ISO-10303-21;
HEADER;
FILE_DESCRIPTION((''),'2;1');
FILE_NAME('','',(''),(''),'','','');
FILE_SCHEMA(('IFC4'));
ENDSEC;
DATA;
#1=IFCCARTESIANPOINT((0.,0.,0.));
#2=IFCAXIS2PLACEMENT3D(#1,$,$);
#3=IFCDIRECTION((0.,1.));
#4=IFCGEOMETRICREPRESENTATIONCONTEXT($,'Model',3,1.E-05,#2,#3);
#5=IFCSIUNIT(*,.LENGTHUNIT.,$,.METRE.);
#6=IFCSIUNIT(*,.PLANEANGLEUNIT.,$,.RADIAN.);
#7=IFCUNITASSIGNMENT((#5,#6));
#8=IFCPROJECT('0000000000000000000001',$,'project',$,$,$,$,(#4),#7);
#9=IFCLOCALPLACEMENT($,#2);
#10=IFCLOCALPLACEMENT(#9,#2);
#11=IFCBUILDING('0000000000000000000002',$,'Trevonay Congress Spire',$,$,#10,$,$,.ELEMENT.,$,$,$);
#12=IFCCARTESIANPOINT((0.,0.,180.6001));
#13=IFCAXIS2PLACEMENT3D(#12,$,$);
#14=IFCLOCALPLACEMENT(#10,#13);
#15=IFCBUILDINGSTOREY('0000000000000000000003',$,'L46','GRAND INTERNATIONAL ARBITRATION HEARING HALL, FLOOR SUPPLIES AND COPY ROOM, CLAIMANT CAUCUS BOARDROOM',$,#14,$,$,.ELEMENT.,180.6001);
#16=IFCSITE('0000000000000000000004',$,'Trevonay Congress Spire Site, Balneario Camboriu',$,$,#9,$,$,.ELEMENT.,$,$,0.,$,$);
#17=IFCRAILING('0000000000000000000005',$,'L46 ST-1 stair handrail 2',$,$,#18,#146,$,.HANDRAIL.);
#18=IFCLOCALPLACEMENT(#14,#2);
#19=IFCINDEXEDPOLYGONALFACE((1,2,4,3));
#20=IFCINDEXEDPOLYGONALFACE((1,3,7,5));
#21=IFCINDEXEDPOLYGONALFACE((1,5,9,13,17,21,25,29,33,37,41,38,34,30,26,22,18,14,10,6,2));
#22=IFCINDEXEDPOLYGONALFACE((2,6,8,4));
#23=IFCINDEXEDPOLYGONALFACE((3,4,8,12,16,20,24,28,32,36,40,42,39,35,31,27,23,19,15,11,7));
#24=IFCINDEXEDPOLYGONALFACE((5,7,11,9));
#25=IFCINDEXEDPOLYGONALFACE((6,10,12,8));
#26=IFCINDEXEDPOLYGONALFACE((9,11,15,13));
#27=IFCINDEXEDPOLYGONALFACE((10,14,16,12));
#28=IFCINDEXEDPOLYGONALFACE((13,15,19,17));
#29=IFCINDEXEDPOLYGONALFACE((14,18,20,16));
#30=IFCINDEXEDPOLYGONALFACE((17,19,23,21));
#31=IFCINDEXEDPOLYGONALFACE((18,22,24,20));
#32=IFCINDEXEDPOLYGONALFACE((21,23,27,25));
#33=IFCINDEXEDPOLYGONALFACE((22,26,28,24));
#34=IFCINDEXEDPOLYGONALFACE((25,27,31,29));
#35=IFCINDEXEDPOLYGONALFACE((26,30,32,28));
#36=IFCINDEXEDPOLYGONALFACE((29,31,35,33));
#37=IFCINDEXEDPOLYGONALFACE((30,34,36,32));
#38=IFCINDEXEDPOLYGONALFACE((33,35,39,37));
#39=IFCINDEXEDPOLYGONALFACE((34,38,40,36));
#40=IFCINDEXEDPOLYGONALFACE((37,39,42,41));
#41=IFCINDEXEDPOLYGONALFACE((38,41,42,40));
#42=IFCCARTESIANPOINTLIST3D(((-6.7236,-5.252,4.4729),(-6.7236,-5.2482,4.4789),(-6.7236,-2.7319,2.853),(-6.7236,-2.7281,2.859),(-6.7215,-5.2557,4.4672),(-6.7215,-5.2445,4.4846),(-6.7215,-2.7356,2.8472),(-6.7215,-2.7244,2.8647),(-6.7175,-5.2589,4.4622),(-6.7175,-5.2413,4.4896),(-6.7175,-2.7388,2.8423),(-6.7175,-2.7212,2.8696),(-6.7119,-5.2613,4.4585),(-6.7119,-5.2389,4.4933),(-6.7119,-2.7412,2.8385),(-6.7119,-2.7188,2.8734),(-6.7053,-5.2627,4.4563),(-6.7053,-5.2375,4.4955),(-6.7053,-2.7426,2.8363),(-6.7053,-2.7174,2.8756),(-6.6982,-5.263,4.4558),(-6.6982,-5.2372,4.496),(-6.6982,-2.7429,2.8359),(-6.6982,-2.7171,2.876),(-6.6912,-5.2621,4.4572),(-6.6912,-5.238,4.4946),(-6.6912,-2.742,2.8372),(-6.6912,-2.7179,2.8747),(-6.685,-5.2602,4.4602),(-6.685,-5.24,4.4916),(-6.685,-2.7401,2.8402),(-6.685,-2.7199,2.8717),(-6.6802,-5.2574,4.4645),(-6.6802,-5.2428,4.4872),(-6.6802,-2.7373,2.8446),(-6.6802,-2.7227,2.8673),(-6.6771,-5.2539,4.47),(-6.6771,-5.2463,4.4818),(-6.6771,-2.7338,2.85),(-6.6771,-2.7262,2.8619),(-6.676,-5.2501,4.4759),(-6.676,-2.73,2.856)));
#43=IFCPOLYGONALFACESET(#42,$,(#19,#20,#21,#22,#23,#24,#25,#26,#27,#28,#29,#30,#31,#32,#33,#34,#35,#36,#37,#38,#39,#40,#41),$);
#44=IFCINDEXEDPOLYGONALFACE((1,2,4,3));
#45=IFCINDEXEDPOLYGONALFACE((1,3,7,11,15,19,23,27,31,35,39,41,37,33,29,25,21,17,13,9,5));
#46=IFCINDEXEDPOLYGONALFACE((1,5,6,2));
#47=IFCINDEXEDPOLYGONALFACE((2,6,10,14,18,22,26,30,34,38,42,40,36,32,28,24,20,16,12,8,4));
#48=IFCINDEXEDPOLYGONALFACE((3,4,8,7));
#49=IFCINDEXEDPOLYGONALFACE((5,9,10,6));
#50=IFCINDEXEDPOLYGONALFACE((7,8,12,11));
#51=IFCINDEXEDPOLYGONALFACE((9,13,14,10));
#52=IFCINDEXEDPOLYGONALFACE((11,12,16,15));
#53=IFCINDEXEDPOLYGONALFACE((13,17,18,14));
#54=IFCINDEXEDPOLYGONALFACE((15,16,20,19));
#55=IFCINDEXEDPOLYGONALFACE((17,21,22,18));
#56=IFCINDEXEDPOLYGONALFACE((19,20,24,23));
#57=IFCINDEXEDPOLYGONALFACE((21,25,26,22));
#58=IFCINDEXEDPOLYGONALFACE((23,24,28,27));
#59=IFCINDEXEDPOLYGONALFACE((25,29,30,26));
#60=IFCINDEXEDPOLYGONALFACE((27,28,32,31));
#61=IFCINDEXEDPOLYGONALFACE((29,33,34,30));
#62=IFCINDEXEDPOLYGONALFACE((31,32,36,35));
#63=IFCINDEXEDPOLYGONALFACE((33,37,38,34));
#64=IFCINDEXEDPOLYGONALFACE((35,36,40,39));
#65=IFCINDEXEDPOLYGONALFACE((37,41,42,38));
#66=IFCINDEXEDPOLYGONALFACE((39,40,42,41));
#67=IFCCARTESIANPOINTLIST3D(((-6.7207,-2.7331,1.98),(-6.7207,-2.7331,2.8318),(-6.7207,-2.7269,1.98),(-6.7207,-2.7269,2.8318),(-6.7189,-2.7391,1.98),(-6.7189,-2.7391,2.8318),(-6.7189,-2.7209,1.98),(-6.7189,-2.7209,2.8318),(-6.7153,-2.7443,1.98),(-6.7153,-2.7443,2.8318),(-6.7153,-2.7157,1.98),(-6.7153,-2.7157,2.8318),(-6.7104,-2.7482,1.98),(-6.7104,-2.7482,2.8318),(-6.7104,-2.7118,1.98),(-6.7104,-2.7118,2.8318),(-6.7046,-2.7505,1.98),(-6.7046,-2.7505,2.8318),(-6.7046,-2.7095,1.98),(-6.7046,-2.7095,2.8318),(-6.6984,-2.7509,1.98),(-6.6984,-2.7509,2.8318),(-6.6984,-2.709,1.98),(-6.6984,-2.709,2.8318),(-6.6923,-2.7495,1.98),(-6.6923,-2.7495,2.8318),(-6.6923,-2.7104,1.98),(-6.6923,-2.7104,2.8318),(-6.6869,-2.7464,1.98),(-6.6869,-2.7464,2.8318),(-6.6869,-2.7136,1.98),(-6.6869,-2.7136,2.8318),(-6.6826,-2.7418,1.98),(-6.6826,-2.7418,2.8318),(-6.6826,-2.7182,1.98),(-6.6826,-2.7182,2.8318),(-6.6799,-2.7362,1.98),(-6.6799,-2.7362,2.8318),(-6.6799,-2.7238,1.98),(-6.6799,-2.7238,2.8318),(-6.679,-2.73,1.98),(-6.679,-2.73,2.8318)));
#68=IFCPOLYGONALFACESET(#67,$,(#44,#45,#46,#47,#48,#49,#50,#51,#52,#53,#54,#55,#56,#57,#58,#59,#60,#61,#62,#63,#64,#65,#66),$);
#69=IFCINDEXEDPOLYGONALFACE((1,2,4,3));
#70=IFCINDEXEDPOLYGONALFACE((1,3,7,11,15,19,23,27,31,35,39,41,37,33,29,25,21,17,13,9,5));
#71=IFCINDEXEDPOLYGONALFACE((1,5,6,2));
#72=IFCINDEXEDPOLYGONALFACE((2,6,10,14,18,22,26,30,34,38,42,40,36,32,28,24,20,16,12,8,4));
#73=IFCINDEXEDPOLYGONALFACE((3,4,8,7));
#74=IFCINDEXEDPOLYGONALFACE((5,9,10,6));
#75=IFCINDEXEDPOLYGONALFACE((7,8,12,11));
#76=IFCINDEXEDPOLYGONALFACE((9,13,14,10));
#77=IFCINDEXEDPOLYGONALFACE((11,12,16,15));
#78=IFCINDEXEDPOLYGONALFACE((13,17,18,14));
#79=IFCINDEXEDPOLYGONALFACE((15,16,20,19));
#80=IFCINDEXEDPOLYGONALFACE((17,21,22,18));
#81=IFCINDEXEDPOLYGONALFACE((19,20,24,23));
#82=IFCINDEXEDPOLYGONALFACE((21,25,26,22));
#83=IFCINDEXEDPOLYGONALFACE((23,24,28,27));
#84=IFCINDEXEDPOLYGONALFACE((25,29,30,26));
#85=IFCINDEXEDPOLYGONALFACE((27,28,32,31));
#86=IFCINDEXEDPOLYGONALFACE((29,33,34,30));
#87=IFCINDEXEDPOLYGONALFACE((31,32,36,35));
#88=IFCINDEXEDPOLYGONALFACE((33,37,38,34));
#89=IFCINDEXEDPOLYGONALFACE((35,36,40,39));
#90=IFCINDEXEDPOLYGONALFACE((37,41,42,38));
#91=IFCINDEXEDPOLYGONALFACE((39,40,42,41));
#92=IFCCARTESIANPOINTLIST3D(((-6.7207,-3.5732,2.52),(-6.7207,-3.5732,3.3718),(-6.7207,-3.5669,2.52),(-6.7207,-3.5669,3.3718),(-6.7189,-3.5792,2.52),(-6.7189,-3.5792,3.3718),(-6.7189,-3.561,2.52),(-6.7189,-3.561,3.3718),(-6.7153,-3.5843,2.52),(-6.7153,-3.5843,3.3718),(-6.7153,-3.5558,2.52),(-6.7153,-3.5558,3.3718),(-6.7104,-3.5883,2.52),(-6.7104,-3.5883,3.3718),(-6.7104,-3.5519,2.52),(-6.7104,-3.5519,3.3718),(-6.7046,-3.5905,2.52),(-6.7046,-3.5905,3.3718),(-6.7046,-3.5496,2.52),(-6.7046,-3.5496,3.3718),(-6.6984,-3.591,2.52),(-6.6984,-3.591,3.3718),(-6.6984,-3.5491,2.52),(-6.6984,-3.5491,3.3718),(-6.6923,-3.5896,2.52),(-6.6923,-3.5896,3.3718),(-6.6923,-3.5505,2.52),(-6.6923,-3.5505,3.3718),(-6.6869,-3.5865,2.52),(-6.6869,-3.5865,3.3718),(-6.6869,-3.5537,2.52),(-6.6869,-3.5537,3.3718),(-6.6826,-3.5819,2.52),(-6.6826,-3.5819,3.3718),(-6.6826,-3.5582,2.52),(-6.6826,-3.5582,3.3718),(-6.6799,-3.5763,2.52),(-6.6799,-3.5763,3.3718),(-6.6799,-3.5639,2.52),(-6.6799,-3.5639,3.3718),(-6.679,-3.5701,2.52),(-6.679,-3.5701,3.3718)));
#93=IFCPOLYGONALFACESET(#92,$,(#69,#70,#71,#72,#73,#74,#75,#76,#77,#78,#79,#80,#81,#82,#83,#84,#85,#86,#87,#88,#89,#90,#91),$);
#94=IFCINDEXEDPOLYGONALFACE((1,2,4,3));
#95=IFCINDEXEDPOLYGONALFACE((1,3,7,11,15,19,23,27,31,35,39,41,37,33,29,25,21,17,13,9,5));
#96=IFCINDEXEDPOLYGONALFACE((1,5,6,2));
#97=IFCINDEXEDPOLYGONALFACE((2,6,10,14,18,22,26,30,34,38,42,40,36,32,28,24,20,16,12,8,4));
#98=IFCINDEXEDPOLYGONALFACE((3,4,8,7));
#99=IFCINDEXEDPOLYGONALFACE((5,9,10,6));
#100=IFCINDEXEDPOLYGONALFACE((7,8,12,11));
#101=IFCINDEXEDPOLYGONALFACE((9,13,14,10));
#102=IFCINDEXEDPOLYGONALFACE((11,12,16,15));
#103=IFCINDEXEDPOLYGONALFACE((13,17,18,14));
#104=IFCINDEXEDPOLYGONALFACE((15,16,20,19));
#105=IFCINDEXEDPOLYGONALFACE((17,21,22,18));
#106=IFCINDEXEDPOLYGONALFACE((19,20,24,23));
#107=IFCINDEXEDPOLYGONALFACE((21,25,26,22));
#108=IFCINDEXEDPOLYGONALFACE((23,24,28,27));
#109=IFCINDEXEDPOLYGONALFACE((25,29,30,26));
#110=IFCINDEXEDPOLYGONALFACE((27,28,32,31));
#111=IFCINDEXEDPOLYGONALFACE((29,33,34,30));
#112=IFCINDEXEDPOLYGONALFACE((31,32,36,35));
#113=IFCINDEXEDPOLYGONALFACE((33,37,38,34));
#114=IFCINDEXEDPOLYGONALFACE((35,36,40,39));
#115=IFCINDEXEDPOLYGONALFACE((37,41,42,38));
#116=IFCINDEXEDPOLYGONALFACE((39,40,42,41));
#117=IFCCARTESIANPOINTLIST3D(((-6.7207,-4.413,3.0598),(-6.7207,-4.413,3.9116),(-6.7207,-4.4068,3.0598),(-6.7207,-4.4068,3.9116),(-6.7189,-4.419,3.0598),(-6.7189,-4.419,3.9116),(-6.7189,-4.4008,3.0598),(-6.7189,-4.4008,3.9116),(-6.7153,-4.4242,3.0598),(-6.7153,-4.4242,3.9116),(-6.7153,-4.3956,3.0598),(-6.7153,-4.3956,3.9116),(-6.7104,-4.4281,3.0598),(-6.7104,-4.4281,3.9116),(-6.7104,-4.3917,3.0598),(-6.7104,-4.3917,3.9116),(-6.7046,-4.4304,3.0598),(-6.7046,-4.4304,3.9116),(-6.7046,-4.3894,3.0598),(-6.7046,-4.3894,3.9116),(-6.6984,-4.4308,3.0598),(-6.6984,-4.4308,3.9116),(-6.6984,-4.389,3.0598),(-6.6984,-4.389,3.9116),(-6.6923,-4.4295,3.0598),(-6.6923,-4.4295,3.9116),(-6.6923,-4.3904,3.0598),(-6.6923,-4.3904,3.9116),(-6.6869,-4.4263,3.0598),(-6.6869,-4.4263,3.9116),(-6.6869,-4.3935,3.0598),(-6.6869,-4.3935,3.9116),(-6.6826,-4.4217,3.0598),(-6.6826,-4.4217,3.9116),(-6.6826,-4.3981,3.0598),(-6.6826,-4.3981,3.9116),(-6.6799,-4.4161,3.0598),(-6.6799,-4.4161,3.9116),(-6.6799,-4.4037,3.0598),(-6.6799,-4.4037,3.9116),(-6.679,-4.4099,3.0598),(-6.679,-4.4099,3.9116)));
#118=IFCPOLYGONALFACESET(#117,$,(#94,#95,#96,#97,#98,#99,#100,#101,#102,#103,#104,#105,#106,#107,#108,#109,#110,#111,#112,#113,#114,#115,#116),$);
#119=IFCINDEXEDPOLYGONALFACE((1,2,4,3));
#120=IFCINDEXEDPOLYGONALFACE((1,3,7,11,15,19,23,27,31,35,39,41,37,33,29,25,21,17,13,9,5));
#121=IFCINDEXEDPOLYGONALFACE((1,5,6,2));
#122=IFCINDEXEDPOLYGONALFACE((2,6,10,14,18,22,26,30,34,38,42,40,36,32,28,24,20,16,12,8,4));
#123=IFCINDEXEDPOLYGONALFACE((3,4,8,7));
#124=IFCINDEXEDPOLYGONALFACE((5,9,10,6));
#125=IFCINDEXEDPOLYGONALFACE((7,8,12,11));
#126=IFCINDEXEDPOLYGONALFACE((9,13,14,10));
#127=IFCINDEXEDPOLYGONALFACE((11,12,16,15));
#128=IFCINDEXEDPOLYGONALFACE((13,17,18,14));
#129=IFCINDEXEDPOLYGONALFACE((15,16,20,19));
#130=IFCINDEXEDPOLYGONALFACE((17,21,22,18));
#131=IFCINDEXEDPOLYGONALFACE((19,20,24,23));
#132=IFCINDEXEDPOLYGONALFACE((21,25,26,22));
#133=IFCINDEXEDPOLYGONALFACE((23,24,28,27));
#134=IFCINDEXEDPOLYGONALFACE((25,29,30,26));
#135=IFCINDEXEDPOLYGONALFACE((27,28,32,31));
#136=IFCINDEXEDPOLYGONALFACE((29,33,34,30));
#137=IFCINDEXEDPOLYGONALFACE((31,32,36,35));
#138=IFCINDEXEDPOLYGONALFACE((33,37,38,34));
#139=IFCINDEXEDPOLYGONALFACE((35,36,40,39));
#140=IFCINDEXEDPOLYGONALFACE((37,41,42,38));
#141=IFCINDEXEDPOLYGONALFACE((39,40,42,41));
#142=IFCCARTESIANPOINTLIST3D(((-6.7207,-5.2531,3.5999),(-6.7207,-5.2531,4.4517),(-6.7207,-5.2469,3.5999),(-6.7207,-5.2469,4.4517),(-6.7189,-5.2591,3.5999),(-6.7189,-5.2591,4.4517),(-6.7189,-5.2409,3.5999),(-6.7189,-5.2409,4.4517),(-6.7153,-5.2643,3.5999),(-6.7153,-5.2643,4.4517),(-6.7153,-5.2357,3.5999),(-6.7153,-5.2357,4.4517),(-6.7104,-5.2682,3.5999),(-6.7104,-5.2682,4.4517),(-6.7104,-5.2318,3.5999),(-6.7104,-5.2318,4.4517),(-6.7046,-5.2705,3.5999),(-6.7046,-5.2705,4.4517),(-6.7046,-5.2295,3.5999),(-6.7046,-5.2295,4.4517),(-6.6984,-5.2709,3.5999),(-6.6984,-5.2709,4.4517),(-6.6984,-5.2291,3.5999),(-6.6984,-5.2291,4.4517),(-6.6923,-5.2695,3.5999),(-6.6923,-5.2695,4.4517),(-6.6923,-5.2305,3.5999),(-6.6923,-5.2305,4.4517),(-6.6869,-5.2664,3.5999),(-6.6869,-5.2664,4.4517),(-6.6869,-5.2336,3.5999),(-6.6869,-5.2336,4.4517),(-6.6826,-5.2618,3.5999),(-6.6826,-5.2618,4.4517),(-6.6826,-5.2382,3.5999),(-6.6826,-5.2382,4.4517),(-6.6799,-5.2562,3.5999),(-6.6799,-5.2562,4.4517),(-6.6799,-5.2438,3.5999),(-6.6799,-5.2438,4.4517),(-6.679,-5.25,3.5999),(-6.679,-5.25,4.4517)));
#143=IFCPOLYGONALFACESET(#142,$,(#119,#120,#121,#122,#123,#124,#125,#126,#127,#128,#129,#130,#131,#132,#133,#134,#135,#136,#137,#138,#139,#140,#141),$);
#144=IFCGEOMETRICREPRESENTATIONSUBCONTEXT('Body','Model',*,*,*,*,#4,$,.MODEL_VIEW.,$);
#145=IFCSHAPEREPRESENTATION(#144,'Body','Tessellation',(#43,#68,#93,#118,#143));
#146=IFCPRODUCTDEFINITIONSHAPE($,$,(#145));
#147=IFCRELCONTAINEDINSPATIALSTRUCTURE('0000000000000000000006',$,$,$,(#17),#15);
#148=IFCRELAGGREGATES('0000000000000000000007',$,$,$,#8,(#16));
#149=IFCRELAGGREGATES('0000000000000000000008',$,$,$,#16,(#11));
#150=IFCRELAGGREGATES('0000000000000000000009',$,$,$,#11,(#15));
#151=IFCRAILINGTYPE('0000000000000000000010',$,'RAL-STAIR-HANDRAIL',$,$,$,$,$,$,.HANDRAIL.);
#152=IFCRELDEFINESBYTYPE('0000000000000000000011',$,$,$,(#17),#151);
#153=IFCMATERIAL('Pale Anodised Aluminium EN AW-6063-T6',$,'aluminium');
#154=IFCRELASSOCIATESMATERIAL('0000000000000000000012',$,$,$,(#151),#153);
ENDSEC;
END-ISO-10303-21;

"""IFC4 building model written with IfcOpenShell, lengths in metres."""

from ifc_helpers import new_model, si_unit, direction, frame, origin, origin_2d, place, context, subcontext, project, spatial, circle, extrude, material, type_object, element, save


model = new_model("IFC4")

# Units and contexts
model_context = context("Model", 3, precision=1e-05, world=origin(), true_north=direction((0.0, 1.0)))
body_context = subcontext(model_context, "Body", "Model", "MODEL_VIEW")
ifc_project = project(units=[si_unit("LENGTHUNIT", "METRE"), si_unit("PLANEANGLEUNIT", "RADIAN")], contexts=[model_context])

# Site, building, storey
site_placement = place(None, origin())
site = spatial("IfcSite", under=ifc_project, at=site_placement, Name="Trevonay Congress Spire Site, Balneario Camboriu", CompositionType="ELEMENT", RefElevation=0.0)
building_placement = place(site_placement, origin())
building = spatial("IfcBuilding", under=site, at=building_placement, Name="Trevonay Congress Spire", CompositionType="ELEMENT")
storey_placement = place(building_placement, frame((0.0, 0.0, 180.6001)))
storey = spatial("IfcBuildingStorey", under=building, at=storey_placement, Name="L46", Description="GRAND INTERNATIONAL ARBITRATION HEARING HALL, FLOOR SUPPLIES AND COPY ROOM, CLAIMANT CAUCUS BOARDROOM", CompositionType="ELEMENT", Elevation=180.6001)

# Railing
ifc_material_1 = material(Name="Pale Anodised Aluminium EN AW-6063-T6", Category="aluminium")
railing_type_1 = type_object("IfcRailingType", Name="RAL-STAIR-HANDRAIL", PredefinedType="HANDRAIL", material=ifc_material_1)
railing_1_placement = place(storey_placement, frame((-6.7, -2.73, 1.98)))
element("IfcRailing", 1, at=railing_1_placement, inside=storey, type_object=railing_type_1, Name="L46 ST-1 stair handrail 2", PredefinedType="HANDRAIL", context=body_context, shape_type="SweptSolid", body=[
    extrude(circle(Radius=0.0239, at=origin_2d()), frame((0.0, 0.0, 0.876), z_axis=(0.0, -0.8412, 0.540725), x_axis=(1.0, 0.0, 0.0)), (0.0, 0.0, 1.0), 2.9958),
    extrude(circle(Radius=0.021, at=origin_2d()), origin(), (0.0, 0.0, 1.0), 0.8518),
    extrude(circle(Radius=0.021, at=origin_2d()), frame((0.0, -0.8401, 0.54)), (0.0, 0.0, 1.0), 0.8518),
    extrude(circle(Radius=0.021, at=origin_2d()), frame((0.0, -1.6799, 1.0798)), (0.0, 0.0, 1.0), 0.8518),
    extrude(circle(Radius=0.021, at=origin_2d()), frame((0.0, -2.52, 1.6199)), (0.0, 0.0, 1.0), 0.8518),
])

save(model, "model.ifc")
